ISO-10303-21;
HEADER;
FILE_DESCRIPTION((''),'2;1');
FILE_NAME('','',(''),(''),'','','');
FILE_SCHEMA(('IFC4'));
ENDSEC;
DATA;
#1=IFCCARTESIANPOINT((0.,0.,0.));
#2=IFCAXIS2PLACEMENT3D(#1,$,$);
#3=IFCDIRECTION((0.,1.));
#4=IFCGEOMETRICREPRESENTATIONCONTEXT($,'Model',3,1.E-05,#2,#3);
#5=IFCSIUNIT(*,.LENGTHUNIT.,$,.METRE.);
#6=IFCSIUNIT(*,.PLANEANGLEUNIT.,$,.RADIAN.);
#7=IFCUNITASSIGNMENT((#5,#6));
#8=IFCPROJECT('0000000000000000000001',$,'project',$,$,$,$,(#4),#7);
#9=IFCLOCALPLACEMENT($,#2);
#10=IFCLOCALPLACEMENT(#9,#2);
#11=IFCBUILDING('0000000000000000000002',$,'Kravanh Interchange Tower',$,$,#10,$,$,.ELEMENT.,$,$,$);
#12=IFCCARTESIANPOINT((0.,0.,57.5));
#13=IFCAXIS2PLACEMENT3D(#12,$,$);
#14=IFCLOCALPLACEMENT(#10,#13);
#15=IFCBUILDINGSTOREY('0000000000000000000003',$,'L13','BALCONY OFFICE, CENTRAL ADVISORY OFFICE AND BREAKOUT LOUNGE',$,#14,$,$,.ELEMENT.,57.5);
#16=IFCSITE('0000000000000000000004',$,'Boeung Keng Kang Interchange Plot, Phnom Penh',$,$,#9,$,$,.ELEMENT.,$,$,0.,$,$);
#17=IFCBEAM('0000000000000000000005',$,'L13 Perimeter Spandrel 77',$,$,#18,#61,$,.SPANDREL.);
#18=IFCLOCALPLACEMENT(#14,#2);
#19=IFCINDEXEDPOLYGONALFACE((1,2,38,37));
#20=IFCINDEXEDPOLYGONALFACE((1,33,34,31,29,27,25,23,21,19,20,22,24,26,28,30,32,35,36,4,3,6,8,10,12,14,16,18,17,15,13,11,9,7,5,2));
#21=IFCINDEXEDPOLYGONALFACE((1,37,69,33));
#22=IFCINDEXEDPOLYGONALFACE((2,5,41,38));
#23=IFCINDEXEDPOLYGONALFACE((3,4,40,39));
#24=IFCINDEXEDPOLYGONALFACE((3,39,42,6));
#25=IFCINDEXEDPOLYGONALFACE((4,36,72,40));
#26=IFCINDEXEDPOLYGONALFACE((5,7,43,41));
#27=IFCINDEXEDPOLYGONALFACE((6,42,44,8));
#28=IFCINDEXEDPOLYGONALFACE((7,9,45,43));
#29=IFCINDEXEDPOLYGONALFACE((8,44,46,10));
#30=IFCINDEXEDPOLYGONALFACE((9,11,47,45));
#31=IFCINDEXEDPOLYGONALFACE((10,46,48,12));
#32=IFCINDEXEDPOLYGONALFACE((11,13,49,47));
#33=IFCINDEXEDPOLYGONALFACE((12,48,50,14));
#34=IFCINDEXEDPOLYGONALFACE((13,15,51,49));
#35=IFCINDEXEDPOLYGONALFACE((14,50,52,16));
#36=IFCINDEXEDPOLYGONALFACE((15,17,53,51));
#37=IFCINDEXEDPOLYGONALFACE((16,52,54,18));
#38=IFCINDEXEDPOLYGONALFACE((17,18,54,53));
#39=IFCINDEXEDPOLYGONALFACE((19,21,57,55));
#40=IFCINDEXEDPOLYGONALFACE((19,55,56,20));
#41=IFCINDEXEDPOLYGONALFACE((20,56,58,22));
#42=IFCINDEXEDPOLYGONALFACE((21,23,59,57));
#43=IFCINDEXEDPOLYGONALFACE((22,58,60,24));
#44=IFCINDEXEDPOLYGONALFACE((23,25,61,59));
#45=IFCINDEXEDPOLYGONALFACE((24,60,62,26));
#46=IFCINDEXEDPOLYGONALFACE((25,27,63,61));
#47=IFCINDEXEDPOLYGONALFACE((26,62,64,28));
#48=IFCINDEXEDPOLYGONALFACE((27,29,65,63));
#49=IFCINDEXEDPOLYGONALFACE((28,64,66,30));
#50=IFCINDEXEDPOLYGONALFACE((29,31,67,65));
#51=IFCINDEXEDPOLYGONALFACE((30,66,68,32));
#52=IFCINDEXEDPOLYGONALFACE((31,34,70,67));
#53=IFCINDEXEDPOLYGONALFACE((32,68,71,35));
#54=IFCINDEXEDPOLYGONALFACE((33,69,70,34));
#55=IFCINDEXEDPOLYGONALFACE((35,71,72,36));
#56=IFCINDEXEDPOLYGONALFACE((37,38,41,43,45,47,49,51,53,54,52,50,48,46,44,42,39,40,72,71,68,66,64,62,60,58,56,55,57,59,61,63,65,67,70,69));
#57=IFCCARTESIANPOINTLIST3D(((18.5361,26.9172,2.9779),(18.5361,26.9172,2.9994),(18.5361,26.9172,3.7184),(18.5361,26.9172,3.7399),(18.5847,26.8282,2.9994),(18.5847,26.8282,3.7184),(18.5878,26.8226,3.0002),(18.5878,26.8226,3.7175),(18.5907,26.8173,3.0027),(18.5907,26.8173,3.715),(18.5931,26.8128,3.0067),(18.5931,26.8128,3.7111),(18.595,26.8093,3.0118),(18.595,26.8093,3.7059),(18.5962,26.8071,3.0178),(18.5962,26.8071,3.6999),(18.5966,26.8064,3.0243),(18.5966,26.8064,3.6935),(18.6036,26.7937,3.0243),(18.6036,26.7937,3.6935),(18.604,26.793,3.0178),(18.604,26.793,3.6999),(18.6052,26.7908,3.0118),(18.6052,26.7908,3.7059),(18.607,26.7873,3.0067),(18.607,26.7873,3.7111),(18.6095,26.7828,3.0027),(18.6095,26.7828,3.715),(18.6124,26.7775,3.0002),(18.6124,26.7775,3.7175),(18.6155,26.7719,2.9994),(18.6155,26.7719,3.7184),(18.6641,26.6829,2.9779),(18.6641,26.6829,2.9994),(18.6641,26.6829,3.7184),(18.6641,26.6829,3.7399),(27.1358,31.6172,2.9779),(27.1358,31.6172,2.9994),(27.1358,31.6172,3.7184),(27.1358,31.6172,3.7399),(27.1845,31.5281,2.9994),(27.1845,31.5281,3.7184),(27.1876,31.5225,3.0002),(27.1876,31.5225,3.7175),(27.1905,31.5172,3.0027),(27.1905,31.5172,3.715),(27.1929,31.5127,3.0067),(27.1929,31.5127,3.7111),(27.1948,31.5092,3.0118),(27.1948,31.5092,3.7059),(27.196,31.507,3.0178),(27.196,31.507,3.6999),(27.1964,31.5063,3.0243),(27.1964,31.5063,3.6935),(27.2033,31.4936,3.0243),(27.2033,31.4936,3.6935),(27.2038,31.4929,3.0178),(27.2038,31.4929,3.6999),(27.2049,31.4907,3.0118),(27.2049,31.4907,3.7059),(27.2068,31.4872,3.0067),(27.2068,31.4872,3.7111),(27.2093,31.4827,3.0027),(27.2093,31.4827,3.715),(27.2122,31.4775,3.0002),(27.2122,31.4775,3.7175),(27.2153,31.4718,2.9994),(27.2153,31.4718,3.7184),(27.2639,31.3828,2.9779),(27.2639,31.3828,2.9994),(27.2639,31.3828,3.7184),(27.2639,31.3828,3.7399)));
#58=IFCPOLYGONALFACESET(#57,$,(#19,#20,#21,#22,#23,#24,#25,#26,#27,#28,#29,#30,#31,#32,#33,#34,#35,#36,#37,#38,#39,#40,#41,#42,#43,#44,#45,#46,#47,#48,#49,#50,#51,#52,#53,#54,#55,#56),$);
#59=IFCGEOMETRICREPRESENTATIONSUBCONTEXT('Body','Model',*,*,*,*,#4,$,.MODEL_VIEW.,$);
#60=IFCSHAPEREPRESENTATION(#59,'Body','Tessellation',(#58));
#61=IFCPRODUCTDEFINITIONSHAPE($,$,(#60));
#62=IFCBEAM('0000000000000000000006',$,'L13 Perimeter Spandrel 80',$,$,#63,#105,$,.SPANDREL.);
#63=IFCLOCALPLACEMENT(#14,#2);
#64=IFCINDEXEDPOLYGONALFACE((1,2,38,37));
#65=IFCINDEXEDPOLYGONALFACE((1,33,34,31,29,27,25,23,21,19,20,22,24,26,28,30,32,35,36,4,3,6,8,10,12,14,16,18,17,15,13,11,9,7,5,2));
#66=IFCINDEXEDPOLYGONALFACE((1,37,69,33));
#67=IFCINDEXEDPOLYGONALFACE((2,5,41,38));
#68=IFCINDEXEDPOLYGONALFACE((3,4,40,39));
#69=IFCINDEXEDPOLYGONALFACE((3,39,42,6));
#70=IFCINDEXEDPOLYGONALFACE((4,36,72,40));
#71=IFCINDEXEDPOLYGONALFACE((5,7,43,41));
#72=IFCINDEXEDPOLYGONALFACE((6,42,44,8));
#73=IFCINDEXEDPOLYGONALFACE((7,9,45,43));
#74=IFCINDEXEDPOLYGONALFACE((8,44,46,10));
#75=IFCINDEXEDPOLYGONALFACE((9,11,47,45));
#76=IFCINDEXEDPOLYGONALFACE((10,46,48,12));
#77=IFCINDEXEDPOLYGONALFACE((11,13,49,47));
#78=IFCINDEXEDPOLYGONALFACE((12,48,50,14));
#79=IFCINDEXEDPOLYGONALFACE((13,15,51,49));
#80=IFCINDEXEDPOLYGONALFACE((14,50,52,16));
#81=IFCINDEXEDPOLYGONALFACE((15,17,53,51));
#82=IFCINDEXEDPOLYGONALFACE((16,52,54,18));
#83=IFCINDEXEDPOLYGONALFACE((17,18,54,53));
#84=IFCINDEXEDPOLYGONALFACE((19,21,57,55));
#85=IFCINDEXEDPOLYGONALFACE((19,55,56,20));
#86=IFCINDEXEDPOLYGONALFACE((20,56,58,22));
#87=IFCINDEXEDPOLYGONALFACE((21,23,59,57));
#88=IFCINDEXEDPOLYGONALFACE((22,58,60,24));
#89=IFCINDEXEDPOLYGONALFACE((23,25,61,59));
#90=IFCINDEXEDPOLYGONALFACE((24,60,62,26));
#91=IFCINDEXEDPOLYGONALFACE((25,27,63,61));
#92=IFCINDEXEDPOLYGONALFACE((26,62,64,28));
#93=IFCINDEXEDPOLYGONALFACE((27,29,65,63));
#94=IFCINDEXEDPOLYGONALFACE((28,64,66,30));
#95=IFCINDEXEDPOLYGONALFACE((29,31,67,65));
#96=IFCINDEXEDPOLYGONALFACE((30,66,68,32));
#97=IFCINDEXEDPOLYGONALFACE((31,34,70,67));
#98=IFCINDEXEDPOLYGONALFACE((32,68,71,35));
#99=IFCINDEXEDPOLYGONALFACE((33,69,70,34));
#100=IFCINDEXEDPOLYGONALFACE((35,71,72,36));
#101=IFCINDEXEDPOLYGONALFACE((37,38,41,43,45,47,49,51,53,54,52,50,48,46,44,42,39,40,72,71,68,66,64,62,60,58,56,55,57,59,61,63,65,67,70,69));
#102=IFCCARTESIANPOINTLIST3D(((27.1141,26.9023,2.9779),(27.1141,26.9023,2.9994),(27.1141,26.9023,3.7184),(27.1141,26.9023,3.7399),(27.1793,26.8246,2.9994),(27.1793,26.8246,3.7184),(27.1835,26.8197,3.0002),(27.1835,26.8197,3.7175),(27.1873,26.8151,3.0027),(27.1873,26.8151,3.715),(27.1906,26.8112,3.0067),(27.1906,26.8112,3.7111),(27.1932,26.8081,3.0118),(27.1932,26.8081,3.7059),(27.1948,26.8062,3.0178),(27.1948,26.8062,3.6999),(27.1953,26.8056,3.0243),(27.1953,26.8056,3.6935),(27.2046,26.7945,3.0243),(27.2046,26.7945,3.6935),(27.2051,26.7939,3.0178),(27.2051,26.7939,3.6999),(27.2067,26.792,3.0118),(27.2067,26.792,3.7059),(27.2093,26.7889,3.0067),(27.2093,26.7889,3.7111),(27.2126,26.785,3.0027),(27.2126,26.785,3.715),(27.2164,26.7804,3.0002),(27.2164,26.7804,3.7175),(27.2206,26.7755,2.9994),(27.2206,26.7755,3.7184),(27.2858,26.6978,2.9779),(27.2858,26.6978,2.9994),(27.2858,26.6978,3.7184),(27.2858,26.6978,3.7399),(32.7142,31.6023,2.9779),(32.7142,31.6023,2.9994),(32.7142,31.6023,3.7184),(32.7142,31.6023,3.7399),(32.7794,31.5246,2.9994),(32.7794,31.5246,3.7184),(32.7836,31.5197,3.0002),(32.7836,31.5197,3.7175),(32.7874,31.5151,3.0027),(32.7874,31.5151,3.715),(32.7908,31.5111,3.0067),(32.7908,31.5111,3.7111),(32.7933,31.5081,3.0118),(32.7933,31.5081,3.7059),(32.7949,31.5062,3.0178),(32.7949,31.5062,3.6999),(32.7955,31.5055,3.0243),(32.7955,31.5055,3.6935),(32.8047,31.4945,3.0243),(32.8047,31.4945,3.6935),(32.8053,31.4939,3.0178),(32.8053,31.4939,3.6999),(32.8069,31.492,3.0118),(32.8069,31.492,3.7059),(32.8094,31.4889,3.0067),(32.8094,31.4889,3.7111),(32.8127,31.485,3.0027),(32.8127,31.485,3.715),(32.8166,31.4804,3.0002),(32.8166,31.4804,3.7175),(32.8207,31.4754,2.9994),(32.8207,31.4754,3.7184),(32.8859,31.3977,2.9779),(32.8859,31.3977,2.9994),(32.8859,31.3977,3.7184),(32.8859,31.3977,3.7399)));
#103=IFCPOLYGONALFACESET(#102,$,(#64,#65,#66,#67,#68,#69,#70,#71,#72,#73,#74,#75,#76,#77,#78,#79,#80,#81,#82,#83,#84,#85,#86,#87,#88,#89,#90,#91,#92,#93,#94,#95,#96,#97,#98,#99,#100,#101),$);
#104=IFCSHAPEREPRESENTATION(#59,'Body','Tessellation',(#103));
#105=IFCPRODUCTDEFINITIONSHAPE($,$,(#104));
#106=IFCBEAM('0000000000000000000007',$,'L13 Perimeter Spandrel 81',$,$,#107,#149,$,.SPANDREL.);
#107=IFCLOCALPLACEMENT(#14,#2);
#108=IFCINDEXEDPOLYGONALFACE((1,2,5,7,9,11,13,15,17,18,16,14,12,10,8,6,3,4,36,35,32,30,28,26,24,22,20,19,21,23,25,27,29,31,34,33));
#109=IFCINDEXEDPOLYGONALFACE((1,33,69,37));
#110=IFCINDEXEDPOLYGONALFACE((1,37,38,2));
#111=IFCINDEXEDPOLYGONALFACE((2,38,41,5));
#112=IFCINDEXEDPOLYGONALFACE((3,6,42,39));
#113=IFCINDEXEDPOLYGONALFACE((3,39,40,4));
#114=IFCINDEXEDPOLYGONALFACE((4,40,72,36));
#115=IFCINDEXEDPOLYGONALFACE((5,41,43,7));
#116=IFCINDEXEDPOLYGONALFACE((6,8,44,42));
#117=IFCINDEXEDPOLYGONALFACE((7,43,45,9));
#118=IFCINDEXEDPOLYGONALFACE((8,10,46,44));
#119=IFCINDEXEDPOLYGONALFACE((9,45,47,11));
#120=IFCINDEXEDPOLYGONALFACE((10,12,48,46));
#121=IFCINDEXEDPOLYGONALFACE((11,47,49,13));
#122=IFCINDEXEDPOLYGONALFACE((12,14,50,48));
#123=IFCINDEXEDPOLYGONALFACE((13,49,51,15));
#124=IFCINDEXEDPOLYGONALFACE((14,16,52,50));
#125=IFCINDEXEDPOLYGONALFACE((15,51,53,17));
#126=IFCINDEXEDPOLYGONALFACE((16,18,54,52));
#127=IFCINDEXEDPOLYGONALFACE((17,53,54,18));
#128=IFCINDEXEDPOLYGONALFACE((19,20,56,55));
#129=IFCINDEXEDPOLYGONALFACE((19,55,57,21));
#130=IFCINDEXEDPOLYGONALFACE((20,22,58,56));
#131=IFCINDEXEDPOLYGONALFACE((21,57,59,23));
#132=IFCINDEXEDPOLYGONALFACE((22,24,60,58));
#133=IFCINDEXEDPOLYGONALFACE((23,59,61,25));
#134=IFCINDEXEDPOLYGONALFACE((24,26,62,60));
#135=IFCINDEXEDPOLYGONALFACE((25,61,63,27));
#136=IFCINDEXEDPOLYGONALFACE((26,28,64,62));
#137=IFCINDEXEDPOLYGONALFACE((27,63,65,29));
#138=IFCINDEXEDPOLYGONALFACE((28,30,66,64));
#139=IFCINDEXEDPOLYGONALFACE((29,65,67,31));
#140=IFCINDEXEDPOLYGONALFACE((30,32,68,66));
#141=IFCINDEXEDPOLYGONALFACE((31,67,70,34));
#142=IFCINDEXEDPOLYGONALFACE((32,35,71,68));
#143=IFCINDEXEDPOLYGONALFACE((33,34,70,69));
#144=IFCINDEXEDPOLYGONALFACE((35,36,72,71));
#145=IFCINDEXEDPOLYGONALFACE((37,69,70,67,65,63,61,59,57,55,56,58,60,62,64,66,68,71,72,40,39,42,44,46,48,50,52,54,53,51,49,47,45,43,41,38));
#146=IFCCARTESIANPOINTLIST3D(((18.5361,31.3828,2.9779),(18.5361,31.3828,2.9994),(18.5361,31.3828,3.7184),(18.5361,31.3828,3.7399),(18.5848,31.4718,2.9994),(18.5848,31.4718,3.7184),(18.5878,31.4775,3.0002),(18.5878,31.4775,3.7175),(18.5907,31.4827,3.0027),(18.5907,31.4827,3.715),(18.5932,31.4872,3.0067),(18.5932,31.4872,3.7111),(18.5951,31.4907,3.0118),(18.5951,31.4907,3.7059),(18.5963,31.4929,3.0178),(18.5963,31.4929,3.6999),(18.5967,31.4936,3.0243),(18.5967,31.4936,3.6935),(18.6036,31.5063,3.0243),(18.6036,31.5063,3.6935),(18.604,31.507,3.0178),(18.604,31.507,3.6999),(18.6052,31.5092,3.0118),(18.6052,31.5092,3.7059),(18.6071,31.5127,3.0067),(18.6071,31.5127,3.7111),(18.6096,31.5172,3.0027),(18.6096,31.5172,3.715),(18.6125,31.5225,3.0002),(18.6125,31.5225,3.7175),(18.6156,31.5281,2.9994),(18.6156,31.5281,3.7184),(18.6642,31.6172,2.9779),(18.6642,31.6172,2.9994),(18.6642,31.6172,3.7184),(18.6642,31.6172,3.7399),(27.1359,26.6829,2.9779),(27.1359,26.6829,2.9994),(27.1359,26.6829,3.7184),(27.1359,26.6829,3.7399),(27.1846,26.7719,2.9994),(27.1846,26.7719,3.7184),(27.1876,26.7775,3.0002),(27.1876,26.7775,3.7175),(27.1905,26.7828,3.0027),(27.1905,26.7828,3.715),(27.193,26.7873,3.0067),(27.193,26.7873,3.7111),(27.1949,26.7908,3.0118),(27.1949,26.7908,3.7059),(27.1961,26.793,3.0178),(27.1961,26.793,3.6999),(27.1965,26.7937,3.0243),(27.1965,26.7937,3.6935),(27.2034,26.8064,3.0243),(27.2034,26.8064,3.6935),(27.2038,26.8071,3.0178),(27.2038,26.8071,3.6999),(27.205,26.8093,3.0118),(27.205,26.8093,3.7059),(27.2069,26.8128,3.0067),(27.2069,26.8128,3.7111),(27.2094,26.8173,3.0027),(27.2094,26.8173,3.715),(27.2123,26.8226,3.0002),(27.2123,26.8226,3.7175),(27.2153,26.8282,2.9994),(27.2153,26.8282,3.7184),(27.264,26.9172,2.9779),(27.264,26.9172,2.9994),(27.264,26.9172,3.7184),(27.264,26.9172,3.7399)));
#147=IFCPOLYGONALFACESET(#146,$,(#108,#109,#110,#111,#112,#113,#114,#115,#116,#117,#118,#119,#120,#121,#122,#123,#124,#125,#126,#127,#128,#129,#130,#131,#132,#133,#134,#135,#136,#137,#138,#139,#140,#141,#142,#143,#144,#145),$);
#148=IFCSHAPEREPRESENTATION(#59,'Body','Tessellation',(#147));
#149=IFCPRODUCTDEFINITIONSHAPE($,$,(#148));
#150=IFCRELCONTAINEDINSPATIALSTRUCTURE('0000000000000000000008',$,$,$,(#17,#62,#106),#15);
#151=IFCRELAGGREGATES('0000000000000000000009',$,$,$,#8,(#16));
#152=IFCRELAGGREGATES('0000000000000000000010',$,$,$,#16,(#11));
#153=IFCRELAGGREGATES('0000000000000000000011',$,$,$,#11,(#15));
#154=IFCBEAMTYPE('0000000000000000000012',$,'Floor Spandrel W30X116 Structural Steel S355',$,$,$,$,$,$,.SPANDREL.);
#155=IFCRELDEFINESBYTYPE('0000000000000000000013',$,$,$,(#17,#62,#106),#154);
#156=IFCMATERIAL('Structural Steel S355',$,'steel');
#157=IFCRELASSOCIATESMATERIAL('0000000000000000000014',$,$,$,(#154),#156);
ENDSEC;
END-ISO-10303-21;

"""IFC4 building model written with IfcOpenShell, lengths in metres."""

from ifc_helpers import new_model, si_unit, direction, frame, origin, origin_2d, place, context, subcontext, project, spatial, i_section, extrude, material, material_profile, profile_set, type_object, element, save


model = new_model("IFC4")

# Units and contexts
model_context = context("Model", 3, precision=1e-05, world=origin(), true_north=direction((0.0, 1.0)))
body_context = subcontext(model_context, "Body", "Model", "MODEL_VIEW")
ifc_project = project(units=[si_unit("LENGTHUNIT", "METRE"), si_unit("PLANEANGLEUNIT", "RADIAN")], contexts=[model_context])

# Site, building, storey
site_placement = place(None, origin())
site = spatial("IfcSite", under=ifc_project, at=site_placement, Name="Boeung Keng Kang Interchange Plot, Phnom Penh", CompositionType="ELEMENT", RefElevation=0.0)
building_placement = place(site_placement, origin())
building = spatial("IfcBuilding", under=site, at=building_placement, Name="Kravanh Interchange Tower", CompositionType="ELEMENT")
storey_placement = place(building_placement, frame((0.0, 0.0, 57.5)))
storey = spatial("IfcBuildingStorey", under=building, at=storey_placement, Name="L13", Description="BALCONY OFFICE, CENTRAL ADVISORY OFFICE AND BREAKOUT LOUNGE", CompositionType="ELEMENT", Elevation=57.5)

# Beams
ifc_material_1 = material(Name="Structural Steel S355", Category="steel")
ifc_material_profile_1 = material_profile(ifc_material_1, i_section(OverallWidth=0.2671, OverallDepth=0.762, WebThickness=0.0144, FlangeThickness=0.0215, FilletRadius=0.0249, at=origin_2d()), Name="W30X116")
ifc_profile_set_1 = profile_set([ifc_material_profile_1], Name="Structural Steel S355")
beam_type_1 = type_object("IfcBeamType", Name="Floor Spandrel W30X116 Structural Steel S355", PredefinedType="SPANDREL", material=ifc_profile_set_1)
beam_1_placement = place(storey_placement, frame((18.6001, 26.8, 3.3589), z_axis=(0.877504, 0.479569, 0.0), x_axis=(-0.479569, 0.877504, 0.0)))
element("IfcBeam", 1, at=beam_1_placement, inside=storey, type_object=beam_type_1, Name="L13 Perimeter Spandrel 77", PredefinedType="SPANDREL", context=body_context, shape_type="SweptSolid", body=[
    extrude(i_section(OverallWidth=0.2671, OverallDepth=0.762, WebThickness=0.0144, FlangeThickness=0.0215, FilletRadius=0.0249, at=origin_2d()), origin(), (0.0, 0.0, 1.0), 9.8003),
])
beam_2_placement = place(storey_placement, frame((27.2, 26.8, 3.3589), z_axis=(0.765983, 0.642861, 0.0), x_axis=(-0.642861, 0.765983, 0.0)))
element("IfcBeam", 2, at=beam_2_placement, inside=storey, type_object=beam_type_1, Name="L13 Perimeter Spandrel 80", PredefinedType="SPANDREL", context=body_context, shape_type="SweptSolid", body=[
    extrude(i_section(OverallWidth=0.2671, OverallDepth=0.762, WebThickness=0.0144, FlangeThickness=0.0215, FilletRadius=0.0249, at=origin_2d()), origin(), (0.0, 0.0, 1.0), 7.311),
])
beam_3_placement = place(storey_placement, frame((27.2, 26.8, 3.3589), z_axis=(-0.877504, 0.479569, 0.0), x_axis=(-0.479569, -0.877504, 0.0)))
element("IfcBeam", 3, at=beam_3_placement, inside=storey, type_object=beam_type_1, Name="L13 Perimeter Spandrel 81", PredefinedType="SPANDREL", context=body_context, shape_type="SweptSolid", body=[
    extrude(i_section(OverallWidth=0.2671, OverallDepth=0.762, WebThickness=0.0144, FlangeThickness=0.0215, FilletRadius=0.0249, at=origin_2d()), origin(), (0.0, 0.0, 1.0), 9.8003),
])

save(model, "model.ifc")
